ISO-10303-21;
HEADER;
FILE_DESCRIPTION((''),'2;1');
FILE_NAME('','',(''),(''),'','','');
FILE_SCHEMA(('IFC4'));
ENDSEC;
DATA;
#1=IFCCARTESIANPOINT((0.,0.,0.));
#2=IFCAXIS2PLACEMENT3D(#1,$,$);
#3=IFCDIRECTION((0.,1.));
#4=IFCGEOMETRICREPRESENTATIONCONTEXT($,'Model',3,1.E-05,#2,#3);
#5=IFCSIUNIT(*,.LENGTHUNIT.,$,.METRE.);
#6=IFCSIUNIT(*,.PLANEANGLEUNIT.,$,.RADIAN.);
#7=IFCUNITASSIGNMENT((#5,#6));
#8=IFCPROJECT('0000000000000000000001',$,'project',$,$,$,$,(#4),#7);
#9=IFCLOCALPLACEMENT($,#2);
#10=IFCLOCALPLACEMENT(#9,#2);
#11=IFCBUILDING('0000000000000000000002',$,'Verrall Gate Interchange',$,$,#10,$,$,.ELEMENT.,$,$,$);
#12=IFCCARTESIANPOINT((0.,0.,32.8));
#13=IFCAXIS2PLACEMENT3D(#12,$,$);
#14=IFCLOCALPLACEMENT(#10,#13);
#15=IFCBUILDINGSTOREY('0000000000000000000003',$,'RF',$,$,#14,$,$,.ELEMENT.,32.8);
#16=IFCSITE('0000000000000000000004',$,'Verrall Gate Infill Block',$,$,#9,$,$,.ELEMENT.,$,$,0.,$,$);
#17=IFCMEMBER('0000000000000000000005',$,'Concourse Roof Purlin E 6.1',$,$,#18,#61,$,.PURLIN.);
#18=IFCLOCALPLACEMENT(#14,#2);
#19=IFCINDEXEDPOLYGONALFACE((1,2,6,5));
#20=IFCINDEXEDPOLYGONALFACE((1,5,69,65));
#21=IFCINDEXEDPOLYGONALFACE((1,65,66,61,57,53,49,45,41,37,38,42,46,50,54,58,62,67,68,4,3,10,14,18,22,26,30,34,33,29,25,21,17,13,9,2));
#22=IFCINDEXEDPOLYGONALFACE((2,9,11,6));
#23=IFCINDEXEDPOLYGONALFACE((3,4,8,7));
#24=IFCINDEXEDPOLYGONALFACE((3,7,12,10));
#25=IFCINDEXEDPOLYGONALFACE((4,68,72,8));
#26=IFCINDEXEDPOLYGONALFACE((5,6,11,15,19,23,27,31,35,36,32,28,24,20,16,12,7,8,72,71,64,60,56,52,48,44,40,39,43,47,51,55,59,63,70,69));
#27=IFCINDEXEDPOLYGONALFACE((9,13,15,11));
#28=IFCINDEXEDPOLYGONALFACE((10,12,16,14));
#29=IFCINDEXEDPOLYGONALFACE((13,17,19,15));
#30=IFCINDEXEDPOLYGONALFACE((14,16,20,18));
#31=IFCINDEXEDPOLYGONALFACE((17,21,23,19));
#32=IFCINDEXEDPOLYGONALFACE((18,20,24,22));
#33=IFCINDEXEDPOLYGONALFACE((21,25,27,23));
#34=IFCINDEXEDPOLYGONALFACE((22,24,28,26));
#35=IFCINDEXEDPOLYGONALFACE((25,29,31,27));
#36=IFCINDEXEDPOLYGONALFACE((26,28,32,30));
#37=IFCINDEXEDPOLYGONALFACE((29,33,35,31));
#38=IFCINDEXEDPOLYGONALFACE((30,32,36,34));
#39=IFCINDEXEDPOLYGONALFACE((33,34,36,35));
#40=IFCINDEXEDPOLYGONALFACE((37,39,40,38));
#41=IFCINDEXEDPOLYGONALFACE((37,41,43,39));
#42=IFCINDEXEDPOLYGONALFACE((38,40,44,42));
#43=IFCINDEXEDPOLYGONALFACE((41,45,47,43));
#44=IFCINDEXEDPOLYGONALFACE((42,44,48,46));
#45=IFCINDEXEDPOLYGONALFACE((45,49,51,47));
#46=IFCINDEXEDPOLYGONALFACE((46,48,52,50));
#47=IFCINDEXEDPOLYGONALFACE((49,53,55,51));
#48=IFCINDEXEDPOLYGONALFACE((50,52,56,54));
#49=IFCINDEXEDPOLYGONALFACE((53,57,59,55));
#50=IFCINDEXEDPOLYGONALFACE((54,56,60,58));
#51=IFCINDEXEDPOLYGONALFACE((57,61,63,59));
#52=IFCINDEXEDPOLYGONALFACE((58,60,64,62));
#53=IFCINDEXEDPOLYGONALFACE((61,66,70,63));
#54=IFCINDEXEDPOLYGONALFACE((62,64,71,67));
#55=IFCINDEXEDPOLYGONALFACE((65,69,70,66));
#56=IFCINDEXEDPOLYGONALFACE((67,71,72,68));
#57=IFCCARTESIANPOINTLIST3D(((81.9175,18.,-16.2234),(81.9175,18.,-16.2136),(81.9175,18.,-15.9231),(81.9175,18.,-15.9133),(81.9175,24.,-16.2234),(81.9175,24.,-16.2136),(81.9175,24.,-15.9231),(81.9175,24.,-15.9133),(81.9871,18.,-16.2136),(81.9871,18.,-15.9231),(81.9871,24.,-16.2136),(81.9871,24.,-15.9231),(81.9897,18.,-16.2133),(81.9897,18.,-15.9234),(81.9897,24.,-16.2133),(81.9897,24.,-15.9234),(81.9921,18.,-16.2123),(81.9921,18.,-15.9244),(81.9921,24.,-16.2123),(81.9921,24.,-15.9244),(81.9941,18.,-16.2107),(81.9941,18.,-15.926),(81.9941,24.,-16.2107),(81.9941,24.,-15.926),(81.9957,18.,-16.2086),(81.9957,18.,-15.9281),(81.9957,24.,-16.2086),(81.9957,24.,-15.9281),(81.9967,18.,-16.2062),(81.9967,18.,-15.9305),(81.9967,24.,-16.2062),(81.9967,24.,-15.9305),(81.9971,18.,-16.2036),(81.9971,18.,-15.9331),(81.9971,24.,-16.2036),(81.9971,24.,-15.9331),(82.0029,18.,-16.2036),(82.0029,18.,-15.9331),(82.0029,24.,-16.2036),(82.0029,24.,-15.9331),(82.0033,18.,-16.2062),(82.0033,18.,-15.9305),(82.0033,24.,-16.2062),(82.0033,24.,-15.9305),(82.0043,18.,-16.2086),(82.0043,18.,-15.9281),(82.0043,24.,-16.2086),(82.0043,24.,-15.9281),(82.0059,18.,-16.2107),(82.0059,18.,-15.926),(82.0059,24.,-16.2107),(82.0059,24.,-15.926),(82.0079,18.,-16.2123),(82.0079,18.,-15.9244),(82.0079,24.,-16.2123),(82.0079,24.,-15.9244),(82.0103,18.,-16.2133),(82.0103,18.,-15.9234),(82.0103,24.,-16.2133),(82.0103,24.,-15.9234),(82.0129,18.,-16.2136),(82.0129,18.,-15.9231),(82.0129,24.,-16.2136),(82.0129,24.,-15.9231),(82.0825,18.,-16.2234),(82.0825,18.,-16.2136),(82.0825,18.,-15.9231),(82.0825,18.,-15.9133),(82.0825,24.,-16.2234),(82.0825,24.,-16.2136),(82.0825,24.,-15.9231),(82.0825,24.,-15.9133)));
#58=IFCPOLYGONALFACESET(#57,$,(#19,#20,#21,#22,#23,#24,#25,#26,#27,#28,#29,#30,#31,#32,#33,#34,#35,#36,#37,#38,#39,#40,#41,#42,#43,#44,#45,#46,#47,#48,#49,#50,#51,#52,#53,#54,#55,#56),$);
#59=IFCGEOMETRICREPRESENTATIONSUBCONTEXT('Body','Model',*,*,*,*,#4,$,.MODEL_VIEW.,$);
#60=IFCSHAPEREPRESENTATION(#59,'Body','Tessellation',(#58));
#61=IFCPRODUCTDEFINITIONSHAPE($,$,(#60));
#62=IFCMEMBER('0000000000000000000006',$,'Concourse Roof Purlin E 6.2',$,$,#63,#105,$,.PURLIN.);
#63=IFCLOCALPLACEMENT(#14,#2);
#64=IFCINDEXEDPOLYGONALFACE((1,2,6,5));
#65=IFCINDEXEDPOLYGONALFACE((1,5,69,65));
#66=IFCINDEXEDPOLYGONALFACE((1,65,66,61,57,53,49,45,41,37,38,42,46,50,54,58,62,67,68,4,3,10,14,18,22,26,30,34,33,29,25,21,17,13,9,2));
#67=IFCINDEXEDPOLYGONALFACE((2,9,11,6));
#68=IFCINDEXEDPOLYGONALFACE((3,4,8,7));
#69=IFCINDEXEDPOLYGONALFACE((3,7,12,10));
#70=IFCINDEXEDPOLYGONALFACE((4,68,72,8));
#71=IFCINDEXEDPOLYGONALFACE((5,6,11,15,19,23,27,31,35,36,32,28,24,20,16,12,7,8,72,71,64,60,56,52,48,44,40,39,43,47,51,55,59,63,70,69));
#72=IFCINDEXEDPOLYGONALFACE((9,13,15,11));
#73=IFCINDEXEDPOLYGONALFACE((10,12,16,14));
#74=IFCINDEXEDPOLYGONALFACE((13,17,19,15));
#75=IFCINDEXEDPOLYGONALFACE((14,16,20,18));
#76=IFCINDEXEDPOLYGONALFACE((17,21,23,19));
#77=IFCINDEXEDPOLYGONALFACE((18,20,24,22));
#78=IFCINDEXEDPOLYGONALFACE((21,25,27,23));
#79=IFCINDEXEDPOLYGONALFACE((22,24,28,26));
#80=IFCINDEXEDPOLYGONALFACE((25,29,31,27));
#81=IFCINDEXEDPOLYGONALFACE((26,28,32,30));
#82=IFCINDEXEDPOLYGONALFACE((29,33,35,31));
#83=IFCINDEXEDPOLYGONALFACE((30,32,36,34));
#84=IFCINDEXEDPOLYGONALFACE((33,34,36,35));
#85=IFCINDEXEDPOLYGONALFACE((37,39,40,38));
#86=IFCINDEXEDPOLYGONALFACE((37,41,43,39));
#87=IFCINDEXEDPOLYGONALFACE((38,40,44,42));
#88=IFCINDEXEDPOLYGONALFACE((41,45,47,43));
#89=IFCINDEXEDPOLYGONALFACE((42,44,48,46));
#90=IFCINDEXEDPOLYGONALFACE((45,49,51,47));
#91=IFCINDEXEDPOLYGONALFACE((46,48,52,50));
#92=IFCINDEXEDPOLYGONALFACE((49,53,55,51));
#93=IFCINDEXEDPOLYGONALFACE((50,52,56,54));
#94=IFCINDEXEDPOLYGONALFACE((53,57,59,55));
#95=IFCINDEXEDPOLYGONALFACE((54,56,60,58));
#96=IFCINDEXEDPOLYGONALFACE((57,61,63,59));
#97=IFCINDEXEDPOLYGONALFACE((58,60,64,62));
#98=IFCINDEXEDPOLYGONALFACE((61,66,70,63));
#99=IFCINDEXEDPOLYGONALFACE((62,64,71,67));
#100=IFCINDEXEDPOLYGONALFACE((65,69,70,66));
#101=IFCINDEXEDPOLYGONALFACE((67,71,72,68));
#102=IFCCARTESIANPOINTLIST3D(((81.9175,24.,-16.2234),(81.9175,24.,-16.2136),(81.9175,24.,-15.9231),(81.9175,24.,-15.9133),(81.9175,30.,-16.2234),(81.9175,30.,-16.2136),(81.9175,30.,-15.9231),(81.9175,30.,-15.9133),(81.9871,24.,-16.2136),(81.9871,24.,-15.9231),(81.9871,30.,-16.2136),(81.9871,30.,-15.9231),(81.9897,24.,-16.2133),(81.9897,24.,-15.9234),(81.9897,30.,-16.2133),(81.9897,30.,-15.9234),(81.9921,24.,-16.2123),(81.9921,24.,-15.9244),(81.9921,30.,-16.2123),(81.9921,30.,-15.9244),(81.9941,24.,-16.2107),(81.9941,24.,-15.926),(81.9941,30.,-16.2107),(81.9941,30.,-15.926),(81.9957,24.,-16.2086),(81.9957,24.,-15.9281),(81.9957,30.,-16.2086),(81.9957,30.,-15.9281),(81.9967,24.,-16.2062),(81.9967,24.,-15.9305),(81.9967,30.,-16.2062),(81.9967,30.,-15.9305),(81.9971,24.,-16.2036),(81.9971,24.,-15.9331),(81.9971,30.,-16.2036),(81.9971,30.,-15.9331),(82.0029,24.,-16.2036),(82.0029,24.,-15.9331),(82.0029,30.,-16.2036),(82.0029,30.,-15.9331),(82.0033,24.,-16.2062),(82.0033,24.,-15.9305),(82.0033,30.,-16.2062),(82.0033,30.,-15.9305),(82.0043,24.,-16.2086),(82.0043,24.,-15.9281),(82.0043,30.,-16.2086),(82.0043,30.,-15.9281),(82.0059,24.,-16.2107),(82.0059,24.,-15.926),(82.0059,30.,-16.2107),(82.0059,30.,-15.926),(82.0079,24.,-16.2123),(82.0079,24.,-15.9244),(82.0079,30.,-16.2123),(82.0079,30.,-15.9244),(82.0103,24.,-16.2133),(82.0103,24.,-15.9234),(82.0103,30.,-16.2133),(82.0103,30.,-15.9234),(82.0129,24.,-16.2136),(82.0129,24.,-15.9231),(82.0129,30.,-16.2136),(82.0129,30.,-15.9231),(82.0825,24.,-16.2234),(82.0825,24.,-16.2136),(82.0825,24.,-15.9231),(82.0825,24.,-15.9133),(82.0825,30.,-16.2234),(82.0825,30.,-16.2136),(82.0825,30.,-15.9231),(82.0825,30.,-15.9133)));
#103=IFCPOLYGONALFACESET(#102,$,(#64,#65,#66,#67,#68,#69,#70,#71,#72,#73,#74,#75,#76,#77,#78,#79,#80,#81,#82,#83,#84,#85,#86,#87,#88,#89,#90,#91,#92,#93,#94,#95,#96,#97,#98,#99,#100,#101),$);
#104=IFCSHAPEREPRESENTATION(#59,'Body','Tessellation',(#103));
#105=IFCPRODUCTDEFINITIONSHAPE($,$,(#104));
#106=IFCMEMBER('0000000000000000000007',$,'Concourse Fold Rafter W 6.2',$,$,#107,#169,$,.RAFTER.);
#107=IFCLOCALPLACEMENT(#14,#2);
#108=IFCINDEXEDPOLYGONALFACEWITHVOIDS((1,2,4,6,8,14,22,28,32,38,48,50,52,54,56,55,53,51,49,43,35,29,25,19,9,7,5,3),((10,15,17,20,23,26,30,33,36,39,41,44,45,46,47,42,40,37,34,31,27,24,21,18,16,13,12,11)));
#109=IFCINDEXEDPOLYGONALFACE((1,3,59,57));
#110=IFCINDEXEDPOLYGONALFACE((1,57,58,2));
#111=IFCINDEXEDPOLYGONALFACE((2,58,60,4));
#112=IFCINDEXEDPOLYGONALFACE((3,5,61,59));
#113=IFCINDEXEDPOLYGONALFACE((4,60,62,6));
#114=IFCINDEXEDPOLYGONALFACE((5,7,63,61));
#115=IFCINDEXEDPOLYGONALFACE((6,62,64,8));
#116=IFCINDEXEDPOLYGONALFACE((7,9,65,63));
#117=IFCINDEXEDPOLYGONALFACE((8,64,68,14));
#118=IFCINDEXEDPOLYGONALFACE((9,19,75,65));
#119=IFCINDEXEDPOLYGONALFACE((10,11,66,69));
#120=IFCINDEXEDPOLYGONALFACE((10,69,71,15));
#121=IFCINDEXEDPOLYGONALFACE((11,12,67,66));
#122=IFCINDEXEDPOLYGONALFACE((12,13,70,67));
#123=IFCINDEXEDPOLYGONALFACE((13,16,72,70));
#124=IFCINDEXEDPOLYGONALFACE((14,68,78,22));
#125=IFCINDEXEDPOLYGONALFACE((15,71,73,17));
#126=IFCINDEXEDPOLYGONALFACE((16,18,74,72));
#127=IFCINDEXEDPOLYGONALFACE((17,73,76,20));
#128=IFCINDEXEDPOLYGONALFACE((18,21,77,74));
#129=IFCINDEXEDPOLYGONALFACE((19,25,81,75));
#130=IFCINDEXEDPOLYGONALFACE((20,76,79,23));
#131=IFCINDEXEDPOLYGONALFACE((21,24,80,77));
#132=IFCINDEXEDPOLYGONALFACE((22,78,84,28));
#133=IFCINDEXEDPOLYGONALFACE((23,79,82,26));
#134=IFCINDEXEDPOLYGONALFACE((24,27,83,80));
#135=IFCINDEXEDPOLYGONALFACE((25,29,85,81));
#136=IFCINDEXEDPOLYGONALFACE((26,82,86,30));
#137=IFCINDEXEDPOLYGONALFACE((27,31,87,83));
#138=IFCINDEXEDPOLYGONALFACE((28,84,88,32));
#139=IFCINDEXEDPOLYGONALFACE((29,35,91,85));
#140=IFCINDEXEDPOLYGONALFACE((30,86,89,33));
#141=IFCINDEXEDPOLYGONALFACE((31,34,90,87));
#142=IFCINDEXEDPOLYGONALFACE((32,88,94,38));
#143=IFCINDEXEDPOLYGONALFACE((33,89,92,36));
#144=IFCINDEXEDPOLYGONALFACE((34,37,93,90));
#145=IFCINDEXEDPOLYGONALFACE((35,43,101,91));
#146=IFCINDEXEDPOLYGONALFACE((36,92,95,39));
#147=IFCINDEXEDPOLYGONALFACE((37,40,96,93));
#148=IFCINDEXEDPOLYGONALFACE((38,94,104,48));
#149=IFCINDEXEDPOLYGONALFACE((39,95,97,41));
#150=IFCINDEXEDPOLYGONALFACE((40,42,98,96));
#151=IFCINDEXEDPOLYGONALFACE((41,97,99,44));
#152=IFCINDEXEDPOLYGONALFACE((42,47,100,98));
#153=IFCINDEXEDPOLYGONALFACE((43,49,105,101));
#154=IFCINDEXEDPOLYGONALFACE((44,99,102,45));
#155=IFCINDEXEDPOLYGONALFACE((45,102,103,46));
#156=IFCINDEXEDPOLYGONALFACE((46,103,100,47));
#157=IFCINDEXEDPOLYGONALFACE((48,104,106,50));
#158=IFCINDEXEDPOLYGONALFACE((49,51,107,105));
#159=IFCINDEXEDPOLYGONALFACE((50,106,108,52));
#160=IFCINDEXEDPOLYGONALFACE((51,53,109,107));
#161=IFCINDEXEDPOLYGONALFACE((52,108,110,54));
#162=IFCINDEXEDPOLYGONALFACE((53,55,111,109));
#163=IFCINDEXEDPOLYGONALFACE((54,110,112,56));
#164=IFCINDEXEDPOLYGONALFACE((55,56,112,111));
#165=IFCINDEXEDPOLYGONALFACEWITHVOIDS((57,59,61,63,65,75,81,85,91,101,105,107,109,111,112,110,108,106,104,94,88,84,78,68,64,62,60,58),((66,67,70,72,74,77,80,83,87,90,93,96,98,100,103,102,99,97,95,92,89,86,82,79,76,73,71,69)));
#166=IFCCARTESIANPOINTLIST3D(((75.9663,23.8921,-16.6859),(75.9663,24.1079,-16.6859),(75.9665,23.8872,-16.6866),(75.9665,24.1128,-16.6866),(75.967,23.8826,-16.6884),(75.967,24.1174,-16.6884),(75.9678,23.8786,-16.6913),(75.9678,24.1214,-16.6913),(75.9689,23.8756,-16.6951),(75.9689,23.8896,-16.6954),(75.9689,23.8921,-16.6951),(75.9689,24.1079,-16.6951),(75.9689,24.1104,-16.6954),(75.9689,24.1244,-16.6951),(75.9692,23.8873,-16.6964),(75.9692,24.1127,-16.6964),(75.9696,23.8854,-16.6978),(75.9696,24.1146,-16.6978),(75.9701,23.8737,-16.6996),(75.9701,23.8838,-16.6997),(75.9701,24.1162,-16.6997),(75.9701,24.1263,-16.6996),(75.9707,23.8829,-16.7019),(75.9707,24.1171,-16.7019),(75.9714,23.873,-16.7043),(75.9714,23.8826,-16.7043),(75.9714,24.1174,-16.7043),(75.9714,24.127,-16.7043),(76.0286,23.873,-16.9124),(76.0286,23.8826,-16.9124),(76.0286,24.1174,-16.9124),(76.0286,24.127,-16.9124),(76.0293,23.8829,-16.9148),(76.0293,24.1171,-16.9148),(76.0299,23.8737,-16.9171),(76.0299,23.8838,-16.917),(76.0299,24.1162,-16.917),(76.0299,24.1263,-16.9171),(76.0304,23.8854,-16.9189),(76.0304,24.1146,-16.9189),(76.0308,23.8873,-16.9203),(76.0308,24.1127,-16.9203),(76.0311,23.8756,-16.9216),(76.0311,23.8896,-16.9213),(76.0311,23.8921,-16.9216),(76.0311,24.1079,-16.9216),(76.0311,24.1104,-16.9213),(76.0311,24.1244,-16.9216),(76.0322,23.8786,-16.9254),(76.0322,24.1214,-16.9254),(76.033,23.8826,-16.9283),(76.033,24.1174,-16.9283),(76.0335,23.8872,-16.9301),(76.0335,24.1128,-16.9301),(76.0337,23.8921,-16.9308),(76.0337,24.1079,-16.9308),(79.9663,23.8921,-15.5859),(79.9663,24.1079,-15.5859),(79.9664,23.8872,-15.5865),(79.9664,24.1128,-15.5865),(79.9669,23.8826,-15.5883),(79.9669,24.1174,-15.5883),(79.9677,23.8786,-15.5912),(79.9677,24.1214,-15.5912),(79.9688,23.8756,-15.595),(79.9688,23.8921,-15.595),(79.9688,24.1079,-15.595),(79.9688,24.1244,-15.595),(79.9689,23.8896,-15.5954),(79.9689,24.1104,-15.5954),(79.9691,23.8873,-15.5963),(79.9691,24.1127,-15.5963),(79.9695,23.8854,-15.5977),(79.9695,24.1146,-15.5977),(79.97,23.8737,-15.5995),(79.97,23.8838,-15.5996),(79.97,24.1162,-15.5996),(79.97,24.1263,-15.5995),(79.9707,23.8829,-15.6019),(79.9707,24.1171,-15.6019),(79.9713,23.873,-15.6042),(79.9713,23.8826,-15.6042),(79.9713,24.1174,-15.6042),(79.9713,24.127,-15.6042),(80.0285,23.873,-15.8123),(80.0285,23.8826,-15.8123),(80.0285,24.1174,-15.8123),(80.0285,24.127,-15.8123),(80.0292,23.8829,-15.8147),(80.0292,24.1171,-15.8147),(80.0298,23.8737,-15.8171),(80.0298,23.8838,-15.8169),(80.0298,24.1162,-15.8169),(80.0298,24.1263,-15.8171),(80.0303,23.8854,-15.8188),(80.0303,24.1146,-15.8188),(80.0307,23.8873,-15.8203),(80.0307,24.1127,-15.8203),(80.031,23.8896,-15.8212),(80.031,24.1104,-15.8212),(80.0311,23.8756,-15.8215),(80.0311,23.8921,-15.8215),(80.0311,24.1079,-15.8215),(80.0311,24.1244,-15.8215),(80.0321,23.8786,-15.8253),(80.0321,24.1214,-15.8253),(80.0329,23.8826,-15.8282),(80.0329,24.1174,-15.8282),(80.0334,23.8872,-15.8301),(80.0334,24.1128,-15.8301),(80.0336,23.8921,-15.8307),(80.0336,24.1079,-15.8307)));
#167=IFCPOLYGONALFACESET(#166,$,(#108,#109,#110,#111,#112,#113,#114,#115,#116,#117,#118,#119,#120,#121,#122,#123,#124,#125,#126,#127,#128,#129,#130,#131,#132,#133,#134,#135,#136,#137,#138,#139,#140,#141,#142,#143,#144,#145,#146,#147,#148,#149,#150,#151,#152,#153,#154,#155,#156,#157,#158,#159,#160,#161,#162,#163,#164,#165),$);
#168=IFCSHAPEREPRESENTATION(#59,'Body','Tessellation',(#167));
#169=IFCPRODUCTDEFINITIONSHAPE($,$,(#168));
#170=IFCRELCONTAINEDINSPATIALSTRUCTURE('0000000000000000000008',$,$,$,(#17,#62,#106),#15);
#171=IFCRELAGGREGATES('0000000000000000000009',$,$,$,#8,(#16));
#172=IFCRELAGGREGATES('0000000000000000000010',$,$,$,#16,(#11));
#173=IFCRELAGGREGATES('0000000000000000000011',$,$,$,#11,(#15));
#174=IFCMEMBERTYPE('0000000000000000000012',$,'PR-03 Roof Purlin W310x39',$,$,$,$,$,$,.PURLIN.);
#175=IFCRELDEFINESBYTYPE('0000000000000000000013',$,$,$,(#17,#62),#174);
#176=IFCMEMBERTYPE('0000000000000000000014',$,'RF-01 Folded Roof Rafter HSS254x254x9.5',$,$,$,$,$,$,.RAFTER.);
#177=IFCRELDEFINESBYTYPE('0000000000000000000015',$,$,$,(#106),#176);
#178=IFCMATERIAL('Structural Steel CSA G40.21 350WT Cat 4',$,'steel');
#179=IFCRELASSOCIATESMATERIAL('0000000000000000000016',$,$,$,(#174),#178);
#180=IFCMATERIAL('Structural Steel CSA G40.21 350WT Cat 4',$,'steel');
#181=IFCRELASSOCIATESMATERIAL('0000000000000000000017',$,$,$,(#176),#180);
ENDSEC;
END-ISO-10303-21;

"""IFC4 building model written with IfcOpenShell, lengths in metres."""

from ifc_helpers import new_model, si_unit, direction, frame, origin, origin_2d, place, context, subcontext, project, spatial, hollow_rectangle, i_section, extrude, material, material_profile, profile_set, type_object, element, save


model = new_model("IFC4")

# Units and contexts
model_context = context("Model", 3, precision=1e-05, world=origin(), true_north=direction((0.0, 1.0)))
body_context = subcontext(model_context, "Body", "Model", "MODEL_VIEW")
ifc_project = project(units=[si_unit("LENGTHUNIT", "METRE"), si_unit("PLANEANGLEUNIT", "RADIAN")], contexts=[model_context])

# Site, building, storey
site_placement = place(None, origin())
site = spatial("IfcSite", under=ifc_project, at=site_placement, Name="Verrall Gate Infill Block", CompositionType="ELEMENT", RefElevation=0.0)
building_placement = place(site_placement, origin())
building = spatial("IfcBuilding", under=site, at=building_placement, Name="Verrall Gate Interchange", CompositionType="ELEMENT")
storey_placement = place(building_placement, frame((0.0, 0.0, 32.8)))
storey = spatial("IfcBuildingStorey", under=building, at=storey_placement, Name="RF", CompositionType="ELEMENT", Elevation=32.8)

# Members
ifc_material_1 = material(Name="Structural Steel CSA G40.21 350WT Cat 4", Category="steel")
ifc_material_profile_1 = material_profile(ifc_material_1, i_section(OverallWidth=0.165, OverallDepth=0.3101, WebThickness=0.0059, FlangeThickness=0.0098, FilletRadius=0.01, at=origin_2d()), Name="W310x39")
ifc_profile_set_1 = profile_set([ifc_material_profile_1], Name="Structural Steel CSA G40.21 350WT Cat 4")
member_type_1 = type_object("IfcMemberType", Name="PR-03 Roof Purlin W310x39", PredefinedType="PURLIN", material=ifc_profile_set_1)
for number, where, z_axis, x_axis, name in (
    (1, (82.0, 18.0, -16.0684), (0.0, 1.0, 0.0), (-1.0, 0.0, 0.0), "Concourse Roof Purlin E 6.1"),
    (2, (82.0, 24.0, -16.0684), (0.0, 1.0, 0.0), (-1.0, 0.0, 0.0), "Concourse Roof Purlin E 6.2"),
):
    element("IfcMember", number, at=place(storey_placement, frame(where, z_axis=z_axis, x_axis=x_axis)), inside=storey, type_object=member_type_1, Name=name, PredefinedType="PURLIN", context=body_context, shape_type="SweptSolid", body=[
        extrude(i_section(OverallWidth=0.165, OverallDepth=0.3101, WebThickness=0.0059, FlangeThickness=0.0098, FilletRadius=0.01, at=origin_2d()), origin(), (0.0, 0.0, 1.0), 6.0),
    ])
ifc_material_2 = material(Name="Structural Steel CSA G40.21 350WT Cat 4", Category="steel")
ifc_material_profile_2 = material_profile(ifc_material_2, hollow_rectangle(XDim=0.2539, YDim=0.2539, WallThickness=0.0095, InnerFilletRadius=0.0095, OuterFilletRadius=0.019, at=origin_2d()), Name="HSS254x254x9.5")
ifc_profile_set_2 = profile_set([ifc_material_profile_2], Name="Structural Steel CSA G40.21 350WT Cat 4")
member_type_2 = type_object("IfcMemberType", Name="RF-01 Folded Roof Rafter HSS254x254x9.5", PredefinedType="RAFTER", material=ifc_profile_set_2)
for number, where, z_axis, x_axis, name in (
    (3, (76.0, 24.0, -16.8083), (0.964199, 0.0, 0.265178), (0.0, 1.0, 0.0), "Concourse Fold Rafter W 6.2"),
):
    element("IfcMember", number, at=place(storey_placement, frame(where, z_axis=z_axis, x_axis=x_axis)), inside=storey, type_object=member_type_2, Name=name, PredefinedType="RAFTER", context=body_context, shape_type="SweptSolid", body=[
        extrude(hollow_rectangle(XDim=0.2539, YDim=0.2539, WallThickness=0.0095, InnerFilletRadius=0.0095, OuterFilletRadius=0.019, at=origin_2d()), origin(), (0.0, 0.0, 1.0), 4.1484),
    ])

save(model, "model.ifc")
